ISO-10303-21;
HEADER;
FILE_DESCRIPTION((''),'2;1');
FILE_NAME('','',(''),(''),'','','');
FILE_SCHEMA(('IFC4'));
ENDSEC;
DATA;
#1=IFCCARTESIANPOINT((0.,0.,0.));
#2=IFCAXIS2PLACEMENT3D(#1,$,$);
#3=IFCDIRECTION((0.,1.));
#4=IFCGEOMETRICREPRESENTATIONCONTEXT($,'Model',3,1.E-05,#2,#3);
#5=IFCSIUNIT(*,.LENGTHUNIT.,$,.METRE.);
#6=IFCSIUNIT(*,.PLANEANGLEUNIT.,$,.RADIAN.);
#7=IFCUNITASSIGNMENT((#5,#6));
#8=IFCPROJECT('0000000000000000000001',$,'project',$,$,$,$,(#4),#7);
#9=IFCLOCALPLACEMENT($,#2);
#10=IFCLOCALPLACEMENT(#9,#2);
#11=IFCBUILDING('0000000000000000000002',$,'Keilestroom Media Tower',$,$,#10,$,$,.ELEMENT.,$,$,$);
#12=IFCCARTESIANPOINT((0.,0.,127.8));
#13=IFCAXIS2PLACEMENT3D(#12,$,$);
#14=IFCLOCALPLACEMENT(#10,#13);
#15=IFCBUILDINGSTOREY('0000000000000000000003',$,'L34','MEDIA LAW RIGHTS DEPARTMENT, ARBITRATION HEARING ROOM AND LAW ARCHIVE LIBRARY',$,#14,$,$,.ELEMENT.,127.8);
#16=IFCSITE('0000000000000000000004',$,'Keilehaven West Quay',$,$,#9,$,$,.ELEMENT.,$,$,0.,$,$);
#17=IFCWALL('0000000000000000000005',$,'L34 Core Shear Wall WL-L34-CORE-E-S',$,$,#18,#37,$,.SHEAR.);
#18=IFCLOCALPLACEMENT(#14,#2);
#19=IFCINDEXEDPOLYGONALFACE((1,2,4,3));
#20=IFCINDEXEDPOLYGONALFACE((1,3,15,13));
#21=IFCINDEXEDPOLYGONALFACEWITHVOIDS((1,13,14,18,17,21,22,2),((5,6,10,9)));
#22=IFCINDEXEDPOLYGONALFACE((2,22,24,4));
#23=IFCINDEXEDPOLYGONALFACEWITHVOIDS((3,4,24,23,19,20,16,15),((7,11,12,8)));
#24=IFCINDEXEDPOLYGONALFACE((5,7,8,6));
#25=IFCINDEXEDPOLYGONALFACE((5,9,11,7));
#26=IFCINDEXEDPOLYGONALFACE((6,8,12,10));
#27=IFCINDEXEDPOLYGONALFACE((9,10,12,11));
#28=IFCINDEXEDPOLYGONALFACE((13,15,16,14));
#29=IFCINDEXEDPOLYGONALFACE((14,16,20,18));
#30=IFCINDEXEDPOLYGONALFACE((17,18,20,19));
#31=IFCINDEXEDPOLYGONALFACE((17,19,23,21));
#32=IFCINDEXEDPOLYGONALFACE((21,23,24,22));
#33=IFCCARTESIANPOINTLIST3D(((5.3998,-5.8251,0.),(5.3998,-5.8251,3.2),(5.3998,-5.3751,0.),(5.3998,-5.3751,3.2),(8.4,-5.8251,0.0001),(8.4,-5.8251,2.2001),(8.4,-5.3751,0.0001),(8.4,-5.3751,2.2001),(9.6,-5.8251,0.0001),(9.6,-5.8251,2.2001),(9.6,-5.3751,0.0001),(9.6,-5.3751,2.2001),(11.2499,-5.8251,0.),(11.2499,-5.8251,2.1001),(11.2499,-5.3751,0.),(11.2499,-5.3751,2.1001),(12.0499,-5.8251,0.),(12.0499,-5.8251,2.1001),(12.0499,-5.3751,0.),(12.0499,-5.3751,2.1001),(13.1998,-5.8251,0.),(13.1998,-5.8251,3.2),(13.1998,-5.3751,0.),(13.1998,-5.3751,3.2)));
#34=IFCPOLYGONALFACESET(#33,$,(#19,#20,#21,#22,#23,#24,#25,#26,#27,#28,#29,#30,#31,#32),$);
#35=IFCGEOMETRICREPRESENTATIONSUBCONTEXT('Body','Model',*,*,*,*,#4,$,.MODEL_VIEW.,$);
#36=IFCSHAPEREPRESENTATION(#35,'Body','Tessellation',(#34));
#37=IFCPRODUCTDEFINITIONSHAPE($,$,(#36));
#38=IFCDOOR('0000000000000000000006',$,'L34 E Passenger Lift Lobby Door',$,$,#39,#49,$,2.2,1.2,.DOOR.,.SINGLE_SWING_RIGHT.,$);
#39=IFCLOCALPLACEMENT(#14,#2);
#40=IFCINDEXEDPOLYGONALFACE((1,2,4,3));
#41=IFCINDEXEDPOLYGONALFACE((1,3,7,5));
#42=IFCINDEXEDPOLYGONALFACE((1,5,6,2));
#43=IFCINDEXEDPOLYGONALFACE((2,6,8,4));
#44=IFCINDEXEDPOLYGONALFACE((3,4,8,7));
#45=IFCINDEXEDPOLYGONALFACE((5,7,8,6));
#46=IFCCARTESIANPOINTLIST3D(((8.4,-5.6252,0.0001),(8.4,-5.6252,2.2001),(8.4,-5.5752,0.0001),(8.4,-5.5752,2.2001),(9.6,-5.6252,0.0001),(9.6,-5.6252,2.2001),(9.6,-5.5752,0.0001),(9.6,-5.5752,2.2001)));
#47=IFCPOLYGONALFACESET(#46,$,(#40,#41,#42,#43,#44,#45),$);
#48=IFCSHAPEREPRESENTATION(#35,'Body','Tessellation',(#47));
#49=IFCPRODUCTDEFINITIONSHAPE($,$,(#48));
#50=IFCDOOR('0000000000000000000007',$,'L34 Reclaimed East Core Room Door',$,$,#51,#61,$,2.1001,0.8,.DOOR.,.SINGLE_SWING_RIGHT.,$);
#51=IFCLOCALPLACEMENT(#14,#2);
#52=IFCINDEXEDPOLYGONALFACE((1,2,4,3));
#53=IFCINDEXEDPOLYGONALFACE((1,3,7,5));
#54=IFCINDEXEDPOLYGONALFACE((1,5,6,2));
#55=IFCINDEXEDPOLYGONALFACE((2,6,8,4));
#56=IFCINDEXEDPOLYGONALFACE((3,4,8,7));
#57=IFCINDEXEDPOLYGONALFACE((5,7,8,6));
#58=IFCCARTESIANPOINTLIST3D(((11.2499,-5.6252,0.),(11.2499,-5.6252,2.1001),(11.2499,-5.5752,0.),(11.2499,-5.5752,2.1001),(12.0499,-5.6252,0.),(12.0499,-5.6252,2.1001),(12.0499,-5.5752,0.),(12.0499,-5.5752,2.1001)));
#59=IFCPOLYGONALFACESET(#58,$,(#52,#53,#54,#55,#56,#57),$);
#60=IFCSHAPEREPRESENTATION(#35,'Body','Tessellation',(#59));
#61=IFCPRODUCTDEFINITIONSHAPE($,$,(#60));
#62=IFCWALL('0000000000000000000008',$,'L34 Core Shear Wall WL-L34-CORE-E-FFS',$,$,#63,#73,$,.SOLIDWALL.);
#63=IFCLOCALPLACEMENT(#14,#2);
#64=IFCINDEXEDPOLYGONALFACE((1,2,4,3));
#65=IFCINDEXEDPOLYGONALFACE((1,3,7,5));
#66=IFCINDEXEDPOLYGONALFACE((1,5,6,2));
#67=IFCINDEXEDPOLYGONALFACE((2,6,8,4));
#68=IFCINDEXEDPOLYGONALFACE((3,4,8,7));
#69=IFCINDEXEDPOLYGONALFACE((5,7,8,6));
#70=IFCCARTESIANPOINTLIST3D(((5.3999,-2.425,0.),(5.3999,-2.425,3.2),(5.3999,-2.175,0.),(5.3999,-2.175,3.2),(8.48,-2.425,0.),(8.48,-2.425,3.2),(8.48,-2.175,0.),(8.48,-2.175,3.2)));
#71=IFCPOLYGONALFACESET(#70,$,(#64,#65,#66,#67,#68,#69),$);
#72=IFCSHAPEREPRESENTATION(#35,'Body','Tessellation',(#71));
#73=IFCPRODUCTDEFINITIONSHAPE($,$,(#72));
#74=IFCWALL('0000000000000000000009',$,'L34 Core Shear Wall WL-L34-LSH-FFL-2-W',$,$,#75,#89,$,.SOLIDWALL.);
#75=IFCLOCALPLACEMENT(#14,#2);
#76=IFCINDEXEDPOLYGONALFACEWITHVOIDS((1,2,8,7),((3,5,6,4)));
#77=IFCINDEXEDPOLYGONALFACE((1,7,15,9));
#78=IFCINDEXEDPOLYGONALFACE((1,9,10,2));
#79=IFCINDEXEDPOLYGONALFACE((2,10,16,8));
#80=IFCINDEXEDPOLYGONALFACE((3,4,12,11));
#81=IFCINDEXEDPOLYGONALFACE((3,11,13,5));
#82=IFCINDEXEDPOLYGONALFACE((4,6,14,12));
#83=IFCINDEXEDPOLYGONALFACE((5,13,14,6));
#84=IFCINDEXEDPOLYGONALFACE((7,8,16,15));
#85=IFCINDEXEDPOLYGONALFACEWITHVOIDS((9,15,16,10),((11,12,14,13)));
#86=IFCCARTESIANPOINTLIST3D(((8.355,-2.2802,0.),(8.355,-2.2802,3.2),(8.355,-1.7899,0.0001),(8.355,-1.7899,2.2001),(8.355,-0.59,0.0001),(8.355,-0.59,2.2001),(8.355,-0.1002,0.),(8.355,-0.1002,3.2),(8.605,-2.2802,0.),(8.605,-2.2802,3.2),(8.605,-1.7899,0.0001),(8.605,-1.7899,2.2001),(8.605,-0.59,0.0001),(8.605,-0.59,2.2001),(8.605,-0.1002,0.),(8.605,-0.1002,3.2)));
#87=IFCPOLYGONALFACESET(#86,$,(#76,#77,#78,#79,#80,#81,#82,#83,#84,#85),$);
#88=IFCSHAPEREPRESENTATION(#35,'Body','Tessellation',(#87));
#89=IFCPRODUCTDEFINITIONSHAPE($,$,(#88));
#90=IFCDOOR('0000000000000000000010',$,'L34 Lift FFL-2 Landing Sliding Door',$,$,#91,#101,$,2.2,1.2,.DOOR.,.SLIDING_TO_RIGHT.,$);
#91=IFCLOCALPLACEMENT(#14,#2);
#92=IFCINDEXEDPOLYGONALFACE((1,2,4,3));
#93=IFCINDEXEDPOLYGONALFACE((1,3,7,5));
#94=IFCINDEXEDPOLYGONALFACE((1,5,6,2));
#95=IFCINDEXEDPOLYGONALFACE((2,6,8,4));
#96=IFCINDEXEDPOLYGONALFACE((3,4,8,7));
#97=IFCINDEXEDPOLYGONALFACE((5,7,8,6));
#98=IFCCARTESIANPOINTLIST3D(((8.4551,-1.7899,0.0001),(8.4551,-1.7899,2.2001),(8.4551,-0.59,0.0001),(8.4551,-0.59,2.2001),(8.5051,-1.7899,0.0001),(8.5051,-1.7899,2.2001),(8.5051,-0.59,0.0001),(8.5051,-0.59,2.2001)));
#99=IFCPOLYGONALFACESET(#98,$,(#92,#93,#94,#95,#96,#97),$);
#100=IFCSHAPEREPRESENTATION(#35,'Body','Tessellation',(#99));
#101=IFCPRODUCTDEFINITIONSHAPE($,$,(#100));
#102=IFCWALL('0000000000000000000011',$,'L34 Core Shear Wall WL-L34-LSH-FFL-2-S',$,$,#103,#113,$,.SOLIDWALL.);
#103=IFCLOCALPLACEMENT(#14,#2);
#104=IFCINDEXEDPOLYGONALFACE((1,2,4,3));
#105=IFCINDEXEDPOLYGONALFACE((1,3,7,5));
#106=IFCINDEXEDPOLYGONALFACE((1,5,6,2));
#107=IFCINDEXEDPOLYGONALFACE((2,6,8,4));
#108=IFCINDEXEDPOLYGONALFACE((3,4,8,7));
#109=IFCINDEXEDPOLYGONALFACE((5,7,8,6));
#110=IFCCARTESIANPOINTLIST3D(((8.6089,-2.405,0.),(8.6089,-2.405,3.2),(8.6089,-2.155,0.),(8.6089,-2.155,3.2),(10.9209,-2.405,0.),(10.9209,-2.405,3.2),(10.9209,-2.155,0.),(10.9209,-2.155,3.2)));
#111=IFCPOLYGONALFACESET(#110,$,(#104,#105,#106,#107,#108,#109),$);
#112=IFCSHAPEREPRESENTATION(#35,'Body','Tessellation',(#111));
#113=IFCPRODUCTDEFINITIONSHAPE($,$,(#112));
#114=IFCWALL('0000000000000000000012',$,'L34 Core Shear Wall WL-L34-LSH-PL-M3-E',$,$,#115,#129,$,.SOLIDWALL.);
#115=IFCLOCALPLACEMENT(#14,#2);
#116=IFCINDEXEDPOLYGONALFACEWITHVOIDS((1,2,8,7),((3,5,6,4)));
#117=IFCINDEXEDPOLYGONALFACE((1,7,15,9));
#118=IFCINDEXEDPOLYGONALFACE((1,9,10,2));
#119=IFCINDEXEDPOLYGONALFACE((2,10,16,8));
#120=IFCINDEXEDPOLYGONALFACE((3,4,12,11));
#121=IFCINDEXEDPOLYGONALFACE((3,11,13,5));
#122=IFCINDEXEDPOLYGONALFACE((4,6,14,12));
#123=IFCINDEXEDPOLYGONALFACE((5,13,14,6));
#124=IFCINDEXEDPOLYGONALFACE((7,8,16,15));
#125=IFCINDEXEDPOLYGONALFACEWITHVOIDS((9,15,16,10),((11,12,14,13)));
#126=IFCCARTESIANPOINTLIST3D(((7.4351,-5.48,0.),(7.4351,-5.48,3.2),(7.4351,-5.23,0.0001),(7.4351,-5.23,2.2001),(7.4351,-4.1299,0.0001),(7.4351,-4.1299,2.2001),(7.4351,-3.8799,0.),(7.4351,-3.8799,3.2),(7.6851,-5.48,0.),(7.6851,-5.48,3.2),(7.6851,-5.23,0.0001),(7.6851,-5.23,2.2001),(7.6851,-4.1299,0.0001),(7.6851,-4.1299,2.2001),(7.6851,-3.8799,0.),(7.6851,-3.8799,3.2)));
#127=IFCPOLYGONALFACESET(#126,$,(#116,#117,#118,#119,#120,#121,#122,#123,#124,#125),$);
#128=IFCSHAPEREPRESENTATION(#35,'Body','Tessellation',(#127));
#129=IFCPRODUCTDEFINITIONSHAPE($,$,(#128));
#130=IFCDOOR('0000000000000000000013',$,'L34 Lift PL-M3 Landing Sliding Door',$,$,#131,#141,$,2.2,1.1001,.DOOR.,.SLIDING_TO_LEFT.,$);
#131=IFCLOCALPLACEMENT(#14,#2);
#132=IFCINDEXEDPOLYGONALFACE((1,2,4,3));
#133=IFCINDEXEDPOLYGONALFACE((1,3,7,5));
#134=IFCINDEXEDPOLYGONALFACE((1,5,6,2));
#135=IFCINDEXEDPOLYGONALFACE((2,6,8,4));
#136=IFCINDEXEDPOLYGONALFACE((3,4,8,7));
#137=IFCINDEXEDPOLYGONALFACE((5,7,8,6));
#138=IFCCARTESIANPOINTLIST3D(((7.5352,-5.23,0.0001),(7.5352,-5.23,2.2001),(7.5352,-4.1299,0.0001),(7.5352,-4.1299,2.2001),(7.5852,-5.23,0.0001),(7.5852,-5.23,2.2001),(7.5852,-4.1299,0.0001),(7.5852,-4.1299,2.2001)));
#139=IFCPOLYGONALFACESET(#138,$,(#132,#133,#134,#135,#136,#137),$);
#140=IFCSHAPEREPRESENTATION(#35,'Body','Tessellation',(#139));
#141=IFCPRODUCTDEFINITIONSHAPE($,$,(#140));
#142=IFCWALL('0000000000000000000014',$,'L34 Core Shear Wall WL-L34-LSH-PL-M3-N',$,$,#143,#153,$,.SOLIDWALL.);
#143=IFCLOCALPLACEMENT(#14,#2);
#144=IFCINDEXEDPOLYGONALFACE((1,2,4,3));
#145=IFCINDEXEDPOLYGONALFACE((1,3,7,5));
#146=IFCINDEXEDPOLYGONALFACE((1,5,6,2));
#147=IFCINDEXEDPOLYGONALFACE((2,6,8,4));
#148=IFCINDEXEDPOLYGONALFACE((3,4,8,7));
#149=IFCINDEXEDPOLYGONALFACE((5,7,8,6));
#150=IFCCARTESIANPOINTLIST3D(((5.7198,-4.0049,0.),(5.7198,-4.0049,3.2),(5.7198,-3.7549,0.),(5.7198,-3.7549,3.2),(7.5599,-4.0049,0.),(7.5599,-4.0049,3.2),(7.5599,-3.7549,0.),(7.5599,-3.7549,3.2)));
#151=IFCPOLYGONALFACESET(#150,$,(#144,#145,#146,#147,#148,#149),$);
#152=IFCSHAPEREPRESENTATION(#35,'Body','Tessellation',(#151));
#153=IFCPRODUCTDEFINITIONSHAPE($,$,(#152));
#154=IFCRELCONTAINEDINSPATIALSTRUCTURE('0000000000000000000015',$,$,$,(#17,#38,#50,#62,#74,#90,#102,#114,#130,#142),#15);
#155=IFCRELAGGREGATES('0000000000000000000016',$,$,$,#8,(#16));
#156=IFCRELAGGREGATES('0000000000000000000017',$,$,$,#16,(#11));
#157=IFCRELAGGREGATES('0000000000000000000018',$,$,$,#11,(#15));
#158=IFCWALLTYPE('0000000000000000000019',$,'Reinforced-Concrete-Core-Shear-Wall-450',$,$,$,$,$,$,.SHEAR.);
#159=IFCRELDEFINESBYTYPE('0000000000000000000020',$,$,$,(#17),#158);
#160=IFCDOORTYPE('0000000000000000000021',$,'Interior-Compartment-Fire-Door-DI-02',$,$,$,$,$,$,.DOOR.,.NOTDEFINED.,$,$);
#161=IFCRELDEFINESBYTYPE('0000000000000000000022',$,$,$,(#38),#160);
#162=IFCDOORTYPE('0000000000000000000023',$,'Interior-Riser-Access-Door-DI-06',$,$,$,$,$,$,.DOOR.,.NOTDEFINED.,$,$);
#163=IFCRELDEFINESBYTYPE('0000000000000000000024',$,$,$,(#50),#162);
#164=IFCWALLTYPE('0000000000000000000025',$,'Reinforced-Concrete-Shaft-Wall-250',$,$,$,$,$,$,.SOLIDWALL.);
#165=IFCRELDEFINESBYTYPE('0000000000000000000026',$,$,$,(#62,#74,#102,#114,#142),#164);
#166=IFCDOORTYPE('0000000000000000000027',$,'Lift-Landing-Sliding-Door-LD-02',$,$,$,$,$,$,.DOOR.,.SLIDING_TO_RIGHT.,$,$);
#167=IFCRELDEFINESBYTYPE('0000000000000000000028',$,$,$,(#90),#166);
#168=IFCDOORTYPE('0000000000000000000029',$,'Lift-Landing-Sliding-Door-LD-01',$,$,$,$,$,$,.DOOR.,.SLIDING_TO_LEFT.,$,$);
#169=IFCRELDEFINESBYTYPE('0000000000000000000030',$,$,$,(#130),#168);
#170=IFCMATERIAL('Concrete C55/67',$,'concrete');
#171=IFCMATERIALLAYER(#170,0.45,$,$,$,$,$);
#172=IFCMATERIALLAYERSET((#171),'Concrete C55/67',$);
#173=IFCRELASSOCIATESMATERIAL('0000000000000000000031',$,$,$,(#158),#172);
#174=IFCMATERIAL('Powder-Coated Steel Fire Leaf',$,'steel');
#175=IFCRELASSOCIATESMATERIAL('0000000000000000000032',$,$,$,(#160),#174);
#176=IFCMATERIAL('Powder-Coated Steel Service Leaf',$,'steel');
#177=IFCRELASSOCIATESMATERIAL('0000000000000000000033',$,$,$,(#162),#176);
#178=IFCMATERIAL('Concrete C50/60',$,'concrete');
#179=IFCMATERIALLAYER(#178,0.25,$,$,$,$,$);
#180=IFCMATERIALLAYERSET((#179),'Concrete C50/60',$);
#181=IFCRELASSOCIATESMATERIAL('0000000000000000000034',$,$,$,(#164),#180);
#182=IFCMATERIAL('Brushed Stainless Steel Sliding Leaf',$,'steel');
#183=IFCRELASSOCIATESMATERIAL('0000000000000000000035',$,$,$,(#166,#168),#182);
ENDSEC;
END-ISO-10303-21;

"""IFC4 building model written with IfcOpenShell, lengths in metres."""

from ifc_helpers import new_model, si_unit, direction, frame, frame_2d, origin, place, context, subcontext, project, spatial, rectangle, extrude, source, transform, mapped, material, layer, layer_set, type_object, element, fill, save


model = new_model("IFC4")

# Units and contexts
model_context = context("Model", 3, precision=1e-05, world=origin(), true_north=direction((0.0, 1.0)))
body_context = subcontext(model_context, "Body", "Model", "MODEL_VIEW")
ifc_project = project(units=[si_unit("LENGTHUNIT", "METRE"), si_unit("PLANEANGLEUNIT", "RADIAN")], contexts=[model_context])

# Site, building, storey
site_placement = place(None, origin())
site = spatial("IfcSite", under=ifc_project, at=site_placement, Name="Keilehaven West Quay", CompositionType="ELEMENT", RefElevation=0.0)
building_placement = place(site_placement, origin())
building = spatial("IfcBuilding", under=site, at=building_placement, Name="Keilestroom Media Tower", CompositionType="ELEMENT")
storey_placement = place(building_placement, frame((0.0, 0.0, 127.8)))
storey = spatial("IfcBuildingStorey", under=building, at=storey_placement, Name="L34", Description="MEDIA LAW RIGHTS DEPARTMENT, ARBITRATION HEARING ROOM AND LAW ARCHIVE LIBRARY", CompositionType="ELEMENT", Elevation=127.8)

# Shared definitions
ifc_material_1 = material(Name="Concrete C55/67", Category="concrete")

# Wall, openings, doors
ifc_layer_1 = layer(ifc_material_1, 0.45)
ifc_layer_set_1 = layer_set([ifc_layer_1], Name="Concrete C55/67")
wall_type_1 = type_object("IfcWallType", Name="Reinforced-Concrete-Core-Shear-Wall-450", PredefinedType="SHEAR", material=ifc_layer_set_1)
ifc_material_2 = material(Name="Powder-Coated Steel Fire Leaf", Category="steel")
door_type_1 = type_object("IfcDoorType", Name="Interior-Compartment-Fire-Door-DI-02", OperationType="NOTDEFINED", PredefinedType="DOOR", material=ifc_material_2)
shared_shape_1 = source(origin(), body_context, "Body", "SweptSolid", [
    extrude(rectangle(XDim=1.2, YDim=2.2, at=frame_2d((0.6001, 1.1001))), frame((0.0, 0.0249, 0.0), z_axis=(0.0, -1.0, 0.0), x_axis=(1.0, 0.0, 0.0)), (0.0, 0.0, 1.0), 0.05),
])
ifc_material_3 = material(Name="Powder-Coated Steel Service Leaf", Category="steel")
door_type_2 = type_object("IfcDoorType", Name="Interior-Riser-Access-Door-DI-06", OperationType="NOTDEFINED", PredefinedType="DOOR", material=ifc_material_3)
shared_shape_2 = source(origin(), body_context, "Body", "SweptSolid", [
    extrude(rectangle(XDim=0.8, YDim=2.1001, at=frame_2d((0.3999, 1.05))), frame((0.0, 0.0249, 0.0), z_axis=(0.0, -1.0, 0.0), x_axis=(1.0, 0.0, 0.0)), (0.0, 0.0, 1.0), 0.05),
])
wall_1_placement = place(storey_placement, frame((5.3999, -5.6001, 0.0), z_axis=(0.0, 0.0, 1.0), x_axis=(1.0, 0.0, 0.0)))
wall_1 = element("IfcWall", 1, at=wall_1_placement, inside=storey, type_object=wall_type_1, Name="L34 Core Shear Wall WL-L34-CORE-E-S", PredefinedType="SHEAR", context=body_context, shape_type="SweptSolid", body=[
    extrude(rectangle(XDim=7.8, YDim=0.45, at=frame_2d((3.8999, 0.0))), origin(), (0.0, 0.0, 1.0), 3.2),
])
opening_1_placement = place(wall_1_placement, frame((3.0, 0.0, 0.0)))
opening_1 = element("IfcOpeningElement", 2, at=opening_1_placement, cuts=wall_1, PredefinedType="OPENING", context=body_context, shape_type="SweptSolid", body=[
    extrude(rectangle(XDim=1.2, YDim=2.2, at=frame_2d((0.6001, 1.1001))), frame((0.0, 0.2349, 0.0), z_axis=(0.0, -1.0, 0.0), x_axis=(1.0, 0.0, 0.0)), (0.0, 0.0, 1.0), 0.47),
])
opening_2_placement = place(wall_1_placement, frame((5.8501, 0.0, 0.0)))
opening_2 = element("IfcOpeningElement", 3, at=opening_2_placement, cuts=wall_1, PredefinedType="OPENING", context=body_context, shape_type="SweptSolid", body=[
    extrude(rectangle(XDim=0.8, YDim=2.1001, at=frame_2d((0.3999, 1.05))), frame((0.0, 0.2349, 0.0), z_axis=(0.0, -1.0, 0.0), x_axis=(1.0, 0.0, 0.0)), (0.0, 0.0, 1.0), 0.47),
])
door_1_placement = place(opening_1_placement, origin())
door_1 = element("IfcDoor", 4, at=door_1_placement, inside=storey, type_object=door_type_1, Name="L34 E Passenger Lift Lobby Door", OperationType="SINGLE_SWING_RIGHT", OverallHeight=2.2, OverallWidth=1.2, PredefinedType="DOOR", context=body_context, shape_type="MappedRepresentation", body=[
    mapped(shared_shape_1, transform((0.0, 0.0, 0.0), x_axis=(1.0, 0.0, 0.0), y_axis=(0.0, 1.0, 0.0), z_axis=(0.0, 0.0, 1.0), scale=1.0)),
])
fill(opening_1, door_1)
door_2_placement = place(opening_2_placement, origin())
door_2 = element("IfcDoor", 5, at=door_2_placement, inside=storey, type_object=door_type_2, Name="L34 Reclaimed East Core Room Door", OperationType="SINGLE_SWING_RIGHT", OverallHeight=2.1001, OverallWidth=0.8, PredefinedType="DOOR", context=body_context, shape_type="MappedRepresentation", body=[
    mapped(shared_shape_2, transform((0.0, 0.0, 0.0), x_axis=(1.0, 0.0, 0.0), y_axis=(0.0, 1.0, 0.0), z_axis=(0.0, 0.0, 1.0), scale=1.0)),
])
fill(opening_2, door_2)

# Wall
ifc_material_4 = material(Name="Concrete C50/60", Category="concrete")
ifc_layer_2 = layer(ifc_material_4, 0.25)
ifc_layer_set_2 = layer_set([ifc_layer_2], Name="Concrete C50/60")
wall_type_2 = type_object("IfcWallType", Name="Reinforced-Concrete-Shaft-Wall-250", PredefinedType="SOLIDWALL", material=ifc_layer_set_2)
wall_2_placement = place(storey_placement, frame((5.3999, -2.3, 0.0), z_axis=(0.0, 0.0, 1.0), x_axis=(1.0, 0.0, 0.0)))
element("IfcWall", 6, at=wall_2_placement, inside=storey, type_object=wall_type_2, Name="L34 Core Shear Wall WL-L34-CORE-E-FFS", PredefinedType="SOLIDWALL", context=body_context, shape_type="SweptSolid", body=[
    extrude(rectangle(XDim=3.0801, YDim=0.25, at=frame_2d((1.54, 0.0))), origin(), (0.0, 0.0, 1.0), 3.2),
])

# Wall, opening, door
wall_3_placement = place(storey_placement, frame((8.48, -2.28, 0.0), z_axis=(0.0, 0.0, 1.0), x_axis=(0.0, 1.0, 0.0)))
wall_3 = element("IfcWall", 7, at=wall_3_placement, inside=storey, type_object=wall_type_2, Name="L34 Core Shear Wall WL-L34-LSH-FFL-2-W", PredefinedType="SOLIDWALL", context=body_context, shape_type="SweptSolid", body=[
    extrude(rectangle(XDim=2.1799, YDim=0.25, at=frame_2d((1.0898, 0.0))), origin(), (0.0, 0.0, 1.0), 3.2),
])
opening_3_placement = place(wall_3_placement, frame((0.49, 0.0, 0.0)))
opening_3 = element("IfcOpeningElement", 8, at=opening_3_placement, cuts=wall_3, PredefinedType="OPENING", context=body_context, shape_type="SweptSolid", body=[
    extrude(rectangle(XDim=1.2, YDim=2.2, at=frame_2d((0.6001, 1.1001))), frame((0.0, 0.135, 0.0), z_axis=(0.0, -1.0, 0.0), x_axis=(1.0, 0.0, 0.0)), (0.0, 0.0, 1.0), 0.27),
])
ifc_material_5 = material(Name="Brushed Stainless Steel Sliding Leaf", Category="steel")
door_type_3 = type_object("IfcDoorType", Name="Lift-Landing-Sliding-Door-LD-02", OperationType="SLIDING_TO_RIGHT", PredefinedType="DOOR", material=ifc_material_5)
door_3_placement = place(opening_3_placement, origin())
door_3 = element("IfcDoor", 9, at=door_3_placement, inside=storey, type_object=door_type_3, Name="L34 Lift FFL-2 Landing Sliding Door", OperationType="SLIDING_TO_RIGHT", OverallHeight=2.2, OverallWidth=1.2, PredefinedType="DOOR", context=body_context, shape_type="MappedRepresentation", body=[
    mapped(shared_shape_1, transform((0.0, 0.0, 0.0), x_axis=(1.0, 0.0, 0.0), y_axis=(0.0, 1.0, 0.0), z_axis=(0.0, 0.0, 1.0), scale=1.0)),
])
fill(opening_3, door_3)

# Wall
wall_4_placement = place(storey_placement, frame((8.6089, -2.28, 0.0), z_axis=(0.0, 0.0, 1.0), x_axis=(1.0, 0.0, 0.0)))
element("IfcWall", 10, at=wall_4_placement, inside=storey, type_object=wall_type_2, Name="L34 Core Shear Wall WL-L34-LSH-FFL-2-S", PredefinedType="SOLIDWALL", context=body_context, shape_type="SweptSolid", body=[
    extrude(rectangle(XDim=2.312, YDim=0.25, at=frame_2d((1.156, 0.0))), origin(), (0.0, 0.0, 1.0), 3.2),
])

# Wall, opening, door
wall_5_placement = place(storey_placement, frame((7.5601, -5.48, 0.0), z_axis=(0.0, 0.0, 1.0), x_axis=(0.0, 1.0, 0.0)))
wall_5 = element("IfcWall", 11, at=wall_5_placement, inside=storey, type_object=wall_type_2, Name="L34 Core Shear Wall WL-L34-LSH-PL-M3-E", PredefinedType="SOLIDWALL", context=body_context, shape_type="SweptSolid", body=[
    extrude(rectangle(XDim=1.6001, YDim=0.25, at=frame_2d((0.8, 0.0))), origin(), (0.0, 0.0, 1.0), 3.2),
])
opening_4_placement = place(wall_5_placement, frame((0.25, 0.0, 0.0)))
opening_4 = element("IfcOpeningElement", 12, at=opening_4_placement, cuts=wall_5, PredefinedType="OPENING", context=body_context, shape_type="SweptSolid", body=[
    extrude(rectangle(XDim=1.1001, YDim=2.2, at=frame_2d((0.55, 1.1001))), frame((0.0, 0.135, 0.0), z_axis=(0.0, -1.0, 0.0), x_axis=(1.0, 0.0, 0.0)), (0.0, 0.0, 1.0), 0.27),
])
door_type_4 = type_object("IfcDoorType", Name="Lift-Landing-Sliding-Door-LD-01", OperationType="SLIDING_TO_LEFT", PredefinedType="DOOR", material=ifc_material_5)
shared_shape_3 = source(origin(), body_context, "Body", "SweptSolid", [
    extrude(rectangle(XDim=1.1001, YDim=2.2, at=frame_2d((0.55, 1.1001))), frame((0.0, 0.0249, 0.0), z_axis=(0.0, -1.0, 0.0), x_axis=(1.0, 0.0, 0.0)), (0.0, 0.0, 1.0), 0.05),
])
door_4_placement = place(opening_4_placement, origin())
door_4 = element("IfcDoor", 13, at=door_4_placement, inside=storey, type_object=door_type_4, Name="L34 Lift PL-M3 Landing Sliding Door", OperationType="SLIDING_TO_LEFT", OverallHeight=2.2, OverallWidth=1.1001, PredefinedType="DOOR", context=body_context, shape_type="MappedRepresentation", body=[
    mapped(shared_shape_3, transform((0.0, 0.0, 0.0), x_axis=(1.0, 0.0, 0.0), y_axis=(0.0, 1.0, 0.0), z_axis=(0.0, 0.0, 1.0), scale=1.0)),
])
fill(opening_4, door_4)

# Wall
wall_6_placement = place(storey_placement, frame((5.72, -3.8799, 0.0), z_axis=(0.0, 0.0, 1.0), x_axis=(1.0, 0.0, 0.0)))
element("IfcWall", 14, at=wall_6_placement, inside=storey, type_object=wall_type_2, Name="L34 Core Shear Wall WL-L34-LSH-PL-M3-N", PredefinedType="SOLIDWALL", context=body_context, shape_type="SweptSolid", body=[
    extrude(rectangle(XDim=1.8401, YDim=0.25, at=frame_2d((0.9199, 0.0))), origin(), (0.0, 0.0, 1.0), 3.2),
])

save(model, "model.ifc")
